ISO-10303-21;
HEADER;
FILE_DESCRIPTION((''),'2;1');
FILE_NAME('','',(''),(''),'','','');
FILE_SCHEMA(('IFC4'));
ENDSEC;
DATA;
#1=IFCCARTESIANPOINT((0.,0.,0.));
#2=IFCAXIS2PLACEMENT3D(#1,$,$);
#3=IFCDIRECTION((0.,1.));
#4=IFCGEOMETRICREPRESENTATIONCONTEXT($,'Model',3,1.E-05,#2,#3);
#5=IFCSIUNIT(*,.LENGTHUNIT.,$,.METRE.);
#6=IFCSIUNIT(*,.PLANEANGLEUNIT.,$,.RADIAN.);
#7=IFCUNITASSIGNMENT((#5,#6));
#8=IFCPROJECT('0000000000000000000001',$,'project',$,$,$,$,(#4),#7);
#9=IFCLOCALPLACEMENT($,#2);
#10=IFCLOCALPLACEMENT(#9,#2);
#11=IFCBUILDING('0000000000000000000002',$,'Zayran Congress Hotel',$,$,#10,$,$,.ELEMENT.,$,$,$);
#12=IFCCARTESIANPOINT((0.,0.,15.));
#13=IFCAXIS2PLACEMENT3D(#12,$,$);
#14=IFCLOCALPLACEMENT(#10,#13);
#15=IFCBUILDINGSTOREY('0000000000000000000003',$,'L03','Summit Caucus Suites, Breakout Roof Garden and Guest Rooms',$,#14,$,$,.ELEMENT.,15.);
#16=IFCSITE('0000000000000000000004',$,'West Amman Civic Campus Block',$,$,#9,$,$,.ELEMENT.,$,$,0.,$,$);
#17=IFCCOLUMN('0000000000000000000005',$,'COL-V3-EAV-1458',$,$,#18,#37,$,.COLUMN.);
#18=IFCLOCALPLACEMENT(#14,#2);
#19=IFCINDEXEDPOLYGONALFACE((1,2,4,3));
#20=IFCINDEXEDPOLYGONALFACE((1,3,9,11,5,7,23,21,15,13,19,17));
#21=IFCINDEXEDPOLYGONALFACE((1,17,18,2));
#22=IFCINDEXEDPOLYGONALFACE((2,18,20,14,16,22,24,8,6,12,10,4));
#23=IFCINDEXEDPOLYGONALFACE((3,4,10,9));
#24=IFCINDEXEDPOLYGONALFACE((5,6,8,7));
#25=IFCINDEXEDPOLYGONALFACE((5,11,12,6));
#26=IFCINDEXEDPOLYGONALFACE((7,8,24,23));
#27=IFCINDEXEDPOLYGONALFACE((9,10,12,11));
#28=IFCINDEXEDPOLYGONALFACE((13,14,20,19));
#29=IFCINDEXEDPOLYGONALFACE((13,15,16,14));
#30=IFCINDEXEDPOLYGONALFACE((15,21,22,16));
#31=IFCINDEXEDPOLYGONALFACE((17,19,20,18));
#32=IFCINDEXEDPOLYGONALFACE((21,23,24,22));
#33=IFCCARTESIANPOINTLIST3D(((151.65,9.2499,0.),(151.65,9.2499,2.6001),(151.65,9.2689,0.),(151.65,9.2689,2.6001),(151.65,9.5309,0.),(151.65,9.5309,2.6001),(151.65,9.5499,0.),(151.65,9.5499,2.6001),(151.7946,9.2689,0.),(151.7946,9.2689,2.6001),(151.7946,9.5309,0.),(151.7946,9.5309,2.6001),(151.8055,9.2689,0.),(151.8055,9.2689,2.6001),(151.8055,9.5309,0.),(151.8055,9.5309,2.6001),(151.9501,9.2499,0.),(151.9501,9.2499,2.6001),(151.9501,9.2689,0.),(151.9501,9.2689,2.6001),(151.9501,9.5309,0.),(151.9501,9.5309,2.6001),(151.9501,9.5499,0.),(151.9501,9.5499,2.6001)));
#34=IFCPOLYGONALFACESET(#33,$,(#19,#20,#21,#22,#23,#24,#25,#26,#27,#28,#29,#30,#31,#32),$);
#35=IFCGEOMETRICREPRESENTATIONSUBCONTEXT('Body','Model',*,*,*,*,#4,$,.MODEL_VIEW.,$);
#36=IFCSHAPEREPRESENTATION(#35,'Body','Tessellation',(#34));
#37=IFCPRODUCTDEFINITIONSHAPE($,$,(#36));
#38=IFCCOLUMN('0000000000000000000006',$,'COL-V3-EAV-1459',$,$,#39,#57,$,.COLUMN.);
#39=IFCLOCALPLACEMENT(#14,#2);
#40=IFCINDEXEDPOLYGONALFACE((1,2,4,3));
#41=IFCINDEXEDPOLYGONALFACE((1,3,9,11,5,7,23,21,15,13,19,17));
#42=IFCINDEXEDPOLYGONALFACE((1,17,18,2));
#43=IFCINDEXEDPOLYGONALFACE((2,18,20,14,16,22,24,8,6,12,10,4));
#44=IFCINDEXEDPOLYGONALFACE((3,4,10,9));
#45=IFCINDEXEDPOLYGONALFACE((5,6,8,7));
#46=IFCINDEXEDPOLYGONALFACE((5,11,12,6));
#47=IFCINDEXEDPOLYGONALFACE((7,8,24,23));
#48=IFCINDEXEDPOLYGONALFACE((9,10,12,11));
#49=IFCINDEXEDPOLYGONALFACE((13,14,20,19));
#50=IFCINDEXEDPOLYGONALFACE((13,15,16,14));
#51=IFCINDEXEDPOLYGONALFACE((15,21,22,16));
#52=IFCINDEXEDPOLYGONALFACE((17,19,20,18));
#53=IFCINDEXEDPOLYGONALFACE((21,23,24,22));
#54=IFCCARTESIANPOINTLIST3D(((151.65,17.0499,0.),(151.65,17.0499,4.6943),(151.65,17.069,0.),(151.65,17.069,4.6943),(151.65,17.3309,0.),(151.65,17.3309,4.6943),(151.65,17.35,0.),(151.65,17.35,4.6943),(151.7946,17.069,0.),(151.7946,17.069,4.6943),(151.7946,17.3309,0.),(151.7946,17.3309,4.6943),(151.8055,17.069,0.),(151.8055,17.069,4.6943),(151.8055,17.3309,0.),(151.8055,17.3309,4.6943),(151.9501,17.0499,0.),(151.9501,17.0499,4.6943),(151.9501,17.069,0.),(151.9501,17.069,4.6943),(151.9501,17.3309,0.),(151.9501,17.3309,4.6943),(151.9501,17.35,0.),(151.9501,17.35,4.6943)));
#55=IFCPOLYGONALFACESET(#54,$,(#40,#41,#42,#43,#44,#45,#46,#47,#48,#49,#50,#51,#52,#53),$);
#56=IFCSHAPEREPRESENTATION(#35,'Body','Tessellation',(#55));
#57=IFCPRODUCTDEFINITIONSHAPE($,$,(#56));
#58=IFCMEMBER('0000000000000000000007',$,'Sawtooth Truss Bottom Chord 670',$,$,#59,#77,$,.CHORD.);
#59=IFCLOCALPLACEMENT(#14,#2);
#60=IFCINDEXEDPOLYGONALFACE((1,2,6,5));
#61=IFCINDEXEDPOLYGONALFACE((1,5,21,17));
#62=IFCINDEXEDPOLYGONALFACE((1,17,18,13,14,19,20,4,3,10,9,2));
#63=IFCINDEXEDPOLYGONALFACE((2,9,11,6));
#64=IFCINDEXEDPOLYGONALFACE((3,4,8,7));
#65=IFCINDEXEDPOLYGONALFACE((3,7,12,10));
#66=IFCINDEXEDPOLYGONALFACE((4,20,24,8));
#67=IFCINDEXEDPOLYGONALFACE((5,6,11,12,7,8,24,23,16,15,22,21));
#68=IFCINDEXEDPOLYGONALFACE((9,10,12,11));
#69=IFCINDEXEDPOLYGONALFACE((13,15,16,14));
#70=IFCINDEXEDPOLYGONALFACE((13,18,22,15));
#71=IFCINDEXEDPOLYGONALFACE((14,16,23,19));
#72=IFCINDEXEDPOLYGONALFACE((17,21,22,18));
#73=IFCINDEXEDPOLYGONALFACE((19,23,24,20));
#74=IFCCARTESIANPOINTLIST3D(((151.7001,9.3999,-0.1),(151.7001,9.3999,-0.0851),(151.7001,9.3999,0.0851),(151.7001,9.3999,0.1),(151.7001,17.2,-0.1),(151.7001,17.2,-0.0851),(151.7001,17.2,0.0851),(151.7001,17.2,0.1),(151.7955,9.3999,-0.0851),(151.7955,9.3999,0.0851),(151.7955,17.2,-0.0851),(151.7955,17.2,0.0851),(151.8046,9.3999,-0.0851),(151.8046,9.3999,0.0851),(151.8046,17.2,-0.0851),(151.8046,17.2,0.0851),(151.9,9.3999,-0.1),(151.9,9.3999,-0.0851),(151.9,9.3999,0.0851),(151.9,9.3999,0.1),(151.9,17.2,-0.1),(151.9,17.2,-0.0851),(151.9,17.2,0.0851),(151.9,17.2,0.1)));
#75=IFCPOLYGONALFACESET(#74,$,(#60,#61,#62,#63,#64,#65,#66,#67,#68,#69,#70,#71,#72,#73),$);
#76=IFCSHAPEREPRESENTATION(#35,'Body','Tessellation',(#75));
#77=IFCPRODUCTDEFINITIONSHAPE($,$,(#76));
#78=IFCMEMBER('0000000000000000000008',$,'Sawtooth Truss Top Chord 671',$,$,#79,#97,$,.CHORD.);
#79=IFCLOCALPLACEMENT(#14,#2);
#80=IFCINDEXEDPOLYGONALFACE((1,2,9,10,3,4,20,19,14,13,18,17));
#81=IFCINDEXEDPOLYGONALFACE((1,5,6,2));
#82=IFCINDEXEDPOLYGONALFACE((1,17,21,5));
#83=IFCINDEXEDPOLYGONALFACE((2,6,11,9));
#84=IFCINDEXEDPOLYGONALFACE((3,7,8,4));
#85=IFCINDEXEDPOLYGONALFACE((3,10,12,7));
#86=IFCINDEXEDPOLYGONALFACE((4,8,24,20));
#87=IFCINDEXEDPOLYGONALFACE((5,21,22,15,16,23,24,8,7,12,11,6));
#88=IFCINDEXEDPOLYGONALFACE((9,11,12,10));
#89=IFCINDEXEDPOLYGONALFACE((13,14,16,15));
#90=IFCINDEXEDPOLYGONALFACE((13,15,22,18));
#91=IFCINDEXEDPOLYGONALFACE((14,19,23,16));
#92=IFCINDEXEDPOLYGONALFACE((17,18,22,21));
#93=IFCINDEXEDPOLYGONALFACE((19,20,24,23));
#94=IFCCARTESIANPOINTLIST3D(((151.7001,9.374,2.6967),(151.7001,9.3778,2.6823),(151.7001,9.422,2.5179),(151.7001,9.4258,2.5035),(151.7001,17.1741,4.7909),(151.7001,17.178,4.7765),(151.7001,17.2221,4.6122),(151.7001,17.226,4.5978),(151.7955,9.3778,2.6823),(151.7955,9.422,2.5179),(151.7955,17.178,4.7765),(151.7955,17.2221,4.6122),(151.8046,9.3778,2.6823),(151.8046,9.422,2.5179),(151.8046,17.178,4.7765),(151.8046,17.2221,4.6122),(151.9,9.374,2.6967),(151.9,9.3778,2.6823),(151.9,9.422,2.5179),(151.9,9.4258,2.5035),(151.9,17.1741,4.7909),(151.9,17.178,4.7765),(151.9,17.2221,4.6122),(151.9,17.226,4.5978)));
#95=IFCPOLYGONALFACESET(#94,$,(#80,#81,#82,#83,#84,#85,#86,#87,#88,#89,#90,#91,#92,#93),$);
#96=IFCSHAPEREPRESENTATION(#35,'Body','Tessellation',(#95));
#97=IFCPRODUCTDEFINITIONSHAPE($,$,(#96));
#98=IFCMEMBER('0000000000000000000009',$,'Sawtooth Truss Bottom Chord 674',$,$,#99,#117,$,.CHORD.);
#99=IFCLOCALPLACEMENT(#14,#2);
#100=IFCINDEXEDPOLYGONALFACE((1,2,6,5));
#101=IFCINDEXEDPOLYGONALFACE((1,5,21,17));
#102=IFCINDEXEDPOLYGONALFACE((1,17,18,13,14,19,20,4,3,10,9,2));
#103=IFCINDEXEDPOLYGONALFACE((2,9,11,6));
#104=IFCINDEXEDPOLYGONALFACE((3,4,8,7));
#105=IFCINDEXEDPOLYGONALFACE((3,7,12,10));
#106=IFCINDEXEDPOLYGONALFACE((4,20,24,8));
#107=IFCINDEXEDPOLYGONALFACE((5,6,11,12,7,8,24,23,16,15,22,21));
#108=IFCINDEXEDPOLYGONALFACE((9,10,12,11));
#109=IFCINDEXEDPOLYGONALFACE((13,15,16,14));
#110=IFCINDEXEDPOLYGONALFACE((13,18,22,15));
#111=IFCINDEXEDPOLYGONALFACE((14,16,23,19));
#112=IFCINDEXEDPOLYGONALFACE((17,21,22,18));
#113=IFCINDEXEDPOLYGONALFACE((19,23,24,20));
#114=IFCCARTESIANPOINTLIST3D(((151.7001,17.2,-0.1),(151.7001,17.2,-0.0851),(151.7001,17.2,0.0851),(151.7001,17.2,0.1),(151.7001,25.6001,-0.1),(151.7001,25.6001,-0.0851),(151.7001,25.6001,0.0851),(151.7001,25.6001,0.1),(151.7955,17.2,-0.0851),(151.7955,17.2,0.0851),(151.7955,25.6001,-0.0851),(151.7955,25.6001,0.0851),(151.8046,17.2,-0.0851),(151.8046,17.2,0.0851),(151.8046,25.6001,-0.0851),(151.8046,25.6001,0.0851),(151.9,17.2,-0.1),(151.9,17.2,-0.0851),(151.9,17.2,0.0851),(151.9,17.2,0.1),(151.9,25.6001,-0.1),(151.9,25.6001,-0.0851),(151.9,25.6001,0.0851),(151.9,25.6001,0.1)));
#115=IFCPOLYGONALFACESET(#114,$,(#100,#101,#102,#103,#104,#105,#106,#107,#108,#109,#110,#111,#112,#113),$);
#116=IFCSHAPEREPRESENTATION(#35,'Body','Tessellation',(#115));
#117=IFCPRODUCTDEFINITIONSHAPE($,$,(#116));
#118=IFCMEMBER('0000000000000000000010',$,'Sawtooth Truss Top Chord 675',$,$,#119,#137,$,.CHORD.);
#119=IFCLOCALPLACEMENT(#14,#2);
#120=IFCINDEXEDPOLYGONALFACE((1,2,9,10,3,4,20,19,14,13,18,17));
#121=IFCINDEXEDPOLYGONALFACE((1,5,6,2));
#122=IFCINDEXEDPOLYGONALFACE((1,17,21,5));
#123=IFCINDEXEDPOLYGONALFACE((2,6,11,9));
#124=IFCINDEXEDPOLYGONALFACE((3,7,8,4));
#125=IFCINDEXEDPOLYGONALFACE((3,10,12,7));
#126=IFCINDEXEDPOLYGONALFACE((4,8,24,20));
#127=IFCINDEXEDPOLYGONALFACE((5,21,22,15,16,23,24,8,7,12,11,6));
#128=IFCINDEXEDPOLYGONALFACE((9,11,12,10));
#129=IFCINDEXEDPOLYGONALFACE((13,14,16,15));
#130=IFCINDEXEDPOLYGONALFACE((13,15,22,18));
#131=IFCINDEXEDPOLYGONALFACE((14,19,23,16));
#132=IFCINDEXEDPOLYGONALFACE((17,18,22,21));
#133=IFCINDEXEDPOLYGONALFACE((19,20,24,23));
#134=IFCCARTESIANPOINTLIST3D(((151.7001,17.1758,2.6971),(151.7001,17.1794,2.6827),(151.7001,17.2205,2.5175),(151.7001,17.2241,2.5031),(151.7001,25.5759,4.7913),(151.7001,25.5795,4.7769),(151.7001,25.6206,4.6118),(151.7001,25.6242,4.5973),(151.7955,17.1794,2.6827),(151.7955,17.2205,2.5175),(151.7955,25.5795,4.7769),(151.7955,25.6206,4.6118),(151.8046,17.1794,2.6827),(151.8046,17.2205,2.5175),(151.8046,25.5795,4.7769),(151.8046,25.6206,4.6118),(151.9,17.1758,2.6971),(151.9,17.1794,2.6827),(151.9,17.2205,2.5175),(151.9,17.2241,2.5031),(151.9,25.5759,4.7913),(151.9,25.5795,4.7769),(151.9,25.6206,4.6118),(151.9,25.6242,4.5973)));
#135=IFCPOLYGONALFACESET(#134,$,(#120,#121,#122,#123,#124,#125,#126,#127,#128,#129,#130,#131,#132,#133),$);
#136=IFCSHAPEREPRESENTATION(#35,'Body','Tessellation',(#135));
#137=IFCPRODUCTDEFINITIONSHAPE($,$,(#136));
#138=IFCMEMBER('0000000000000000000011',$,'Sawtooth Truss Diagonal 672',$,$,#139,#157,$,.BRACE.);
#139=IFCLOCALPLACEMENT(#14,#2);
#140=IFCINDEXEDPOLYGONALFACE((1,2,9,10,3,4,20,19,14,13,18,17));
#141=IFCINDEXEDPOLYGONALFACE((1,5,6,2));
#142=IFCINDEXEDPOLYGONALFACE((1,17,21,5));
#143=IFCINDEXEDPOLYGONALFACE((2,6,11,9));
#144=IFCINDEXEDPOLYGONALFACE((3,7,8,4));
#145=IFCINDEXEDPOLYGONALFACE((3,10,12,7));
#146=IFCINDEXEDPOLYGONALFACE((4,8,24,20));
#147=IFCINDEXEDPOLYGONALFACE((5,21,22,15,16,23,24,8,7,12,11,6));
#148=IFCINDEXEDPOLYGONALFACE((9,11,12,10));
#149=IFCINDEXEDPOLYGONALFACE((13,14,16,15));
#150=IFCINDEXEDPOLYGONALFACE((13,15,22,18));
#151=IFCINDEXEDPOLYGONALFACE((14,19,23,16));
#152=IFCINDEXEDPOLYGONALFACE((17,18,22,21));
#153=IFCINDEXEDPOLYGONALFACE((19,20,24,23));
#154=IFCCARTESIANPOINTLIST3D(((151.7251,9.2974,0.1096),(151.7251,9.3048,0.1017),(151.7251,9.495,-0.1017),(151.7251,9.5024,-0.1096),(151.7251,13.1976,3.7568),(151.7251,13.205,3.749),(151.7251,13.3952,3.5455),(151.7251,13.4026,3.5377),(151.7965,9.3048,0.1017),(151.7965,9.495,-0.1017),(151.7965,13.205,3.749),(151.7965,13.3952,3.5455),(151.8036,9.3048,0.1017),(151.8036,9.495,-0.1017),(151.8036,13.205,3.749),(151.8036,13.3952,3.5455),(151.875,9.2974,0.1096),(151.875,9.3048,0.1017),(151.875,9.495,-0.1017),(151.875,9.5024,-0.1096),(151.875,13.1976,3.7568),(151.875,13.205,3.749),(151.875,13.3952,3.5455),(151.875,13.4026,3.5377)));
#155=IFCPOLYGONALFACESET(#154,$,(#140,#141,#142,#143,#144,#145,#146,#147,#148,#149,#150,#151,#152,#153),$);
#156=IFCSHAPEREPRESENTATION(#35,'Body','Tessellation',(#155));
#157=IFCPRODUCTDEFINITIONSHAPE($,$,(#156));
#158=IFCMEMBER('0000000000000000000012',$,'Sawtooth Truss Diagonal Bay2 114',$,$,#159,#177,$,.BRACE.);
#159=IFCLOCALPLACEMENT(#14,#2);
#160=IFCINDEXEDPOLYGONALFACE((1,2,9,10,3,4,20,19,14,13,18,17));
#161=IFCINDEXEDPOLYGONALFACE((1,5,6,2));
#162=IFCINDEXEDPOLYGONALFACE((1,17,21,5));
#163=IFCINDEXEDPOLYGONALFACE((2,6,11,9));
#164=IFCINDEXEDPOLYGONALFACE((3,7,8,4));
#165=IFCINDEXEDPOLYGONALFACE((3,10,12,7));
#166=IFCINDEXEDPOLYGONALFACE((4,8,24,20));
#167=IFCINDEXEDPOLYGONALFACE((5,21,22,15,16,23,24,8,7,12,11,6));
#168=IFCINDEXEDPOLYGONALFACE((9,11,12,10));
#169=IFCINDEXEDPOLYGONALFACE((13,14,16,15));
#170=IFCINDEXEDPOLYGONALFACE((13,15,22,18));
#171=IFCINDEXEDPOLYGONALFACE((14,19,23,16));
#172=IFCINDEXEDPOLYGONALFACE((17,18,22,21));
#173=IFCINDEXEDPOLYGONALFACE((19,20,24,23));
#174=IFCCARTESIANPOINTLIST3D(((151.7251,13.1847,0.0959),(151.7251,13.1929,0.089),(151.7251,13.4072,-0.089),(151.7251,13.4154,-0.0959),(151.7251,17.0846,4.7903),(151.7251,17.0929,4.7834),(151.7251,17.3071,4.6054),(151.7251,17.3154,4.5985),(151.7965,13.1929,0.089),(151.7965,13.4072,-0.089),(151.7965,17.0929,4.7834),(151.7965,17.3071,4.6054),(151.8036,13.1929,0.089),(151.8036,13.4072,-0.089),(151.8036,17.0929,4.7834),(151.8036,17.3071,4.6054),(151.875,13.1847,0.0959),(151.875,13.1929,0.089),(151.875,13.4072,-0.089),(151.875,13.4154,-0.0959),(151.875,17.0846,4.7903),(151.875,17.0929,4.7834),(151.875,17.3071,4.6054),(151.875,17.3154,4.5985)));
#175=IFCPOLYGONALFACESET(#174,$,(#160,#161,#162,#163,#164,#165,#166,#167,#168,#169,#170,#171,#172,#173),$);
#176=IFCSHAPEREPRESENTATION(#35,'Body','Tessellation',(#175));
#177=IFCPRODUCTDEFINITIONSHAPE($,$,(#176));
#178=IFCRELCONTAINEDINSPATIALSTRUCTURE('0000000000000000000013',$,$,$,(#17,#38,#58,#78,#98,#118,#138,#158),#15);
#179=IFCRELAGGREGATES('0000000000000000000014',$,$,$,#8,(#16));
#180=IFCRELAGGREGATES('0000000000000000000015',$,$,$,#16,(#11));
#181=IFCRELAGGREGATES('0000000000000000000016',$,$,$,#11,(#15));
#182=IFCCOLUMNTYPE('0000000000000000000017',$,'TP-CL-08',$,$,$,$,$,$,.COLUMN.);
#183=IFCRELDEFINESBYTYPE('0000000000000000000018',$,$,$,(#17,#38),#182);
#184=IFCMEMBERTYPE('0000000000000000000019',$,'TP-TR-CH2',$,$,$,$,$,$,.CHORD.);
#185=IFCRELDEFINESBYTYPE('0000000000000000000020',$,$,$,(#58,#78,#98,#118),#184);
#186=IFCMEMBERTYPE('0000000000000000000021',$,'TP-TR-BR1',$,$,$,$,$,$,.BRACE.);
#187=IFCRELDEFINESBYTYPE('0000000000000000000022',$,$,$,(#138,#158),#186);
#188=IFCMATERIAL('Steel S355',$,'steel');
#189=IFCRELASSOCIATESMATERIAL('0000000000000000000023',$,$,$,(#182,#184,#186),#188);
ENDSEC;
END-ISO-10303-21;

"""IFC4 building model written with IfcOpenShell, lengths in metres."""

from ifc_helpers import new_model, si_unit, direction, frame, origin, origin_2d, place, context, subcontext, project, spatial, i_section, extrude, material, material_profile, profile_set, type_object, element, save


model = new_model("IFC4")

# Units and contexts
model_context = context("Model", 3, precision=1e-05, world=origin(), true_north=direction((0.0, 1.0)))
body_context = subcontext(model_context, "Body", "Model", "MODEL_VIEW")
ifc_project = project(units=[si_unit("LENGTHUNIT", "METRE"), si_unit("PLANEANGLEUNIT", "RADIAN")], contexts=[model_context])

# Site, building, storey
site_placement = place(None, origin())
site = spatial("IfcSite", under=ifc_project, at=site_placement, Name="West Amman Civic Campus Block", CompositionType="ELEMENT", RefElevation=0.0)
building_placement = place(site_placement, origin())
building = spatial("IfcBuilding", under=site, at=building_placement, Name="Zayran Congress Hotel", CompositionType="ELEMENT")
storey_placement = place(building_placement, frame((0.0, 0.0, 15.0)))
storey = spatial("IfcBuildingStorey", under=building, at=storey_placement, Name="L03", Description="Summit Caucus Suites, Breakout Roof Garden and Guest Rooms", CompositionType="ELEMENT", Elevation=15.0)

# Columns
ifc_material_1 = material(Name="Steel S355", Category="steel")
ifc_material_profile_1 = material_profile(ifc_material_1, i_section(OverallWidth=0.3, OverallDepth=0.3, WebThickness=0.011, FlangeThickness=0.019, at=origin_2d()), Name="HEB 300")
ifc_profile_set_1 = profile_set([ifc_material_profile_1], Name="Steel S355")
column_type = type_object("IfcColumnType", Name="TP-CL-08", PredefinedType="COLUMN", material=ifc_profile_set_1)
column_1_placement = place(storey_placement, frame((151.8, 9.3999, 0.0), z_axis=(0.0, 0.0, 1.0), x_axis=(1.0, 0.0, 0.0)))
element("IfcColumn", 1, at=column_1_placement, inside=storey, type_object=column_type, Name="COL-V3-EAV-1458", PredefinedType="COLUMN", context=body_context, shape_type="SweptSolid", body=[
    extrude(i_section(OverallWidth=0.3, OverallDepth=0.3, WebThickness=0.011, FlangeThickness=0.019, at=origin_2d()), origin(), (0.0, 0.0, 1.0), 2.6001),
])
column_2_placement = place(storey_placement, frame((151.8, 17.2, 0.0), z_axis=(0.0, 0.0, 1.0), x_axis=(1.0, 0.0, 0.0)))
element("IfcColumn", 2, at=column_2_placement, inside=storey, type_object=column_type, Name="COL-V3-EAV-1459", PredefinedType="COLUMN", context=body_context, shape_type="SweptSolid", body=[
    extrude(i_section(OverallWidth=0.3, OverallDepth=0.3, WebThickness=0.011, FlangeThickness=0.019, at=origin_2d()), origin(), (0.0, 0.0, 1.0), 4.6943),
])

# Members
ifc_material_profile_2 = material_profile(ifc_material_1, i_section(OverallWidth=0.2, OverallDepth=0.2, WebThickness=0.009, FlangeThickness=0.0149, at=origin_2d()), Name="HEB 200")
ifc_profile_set_2 = profile_set([ifc_material_profile_2], Name="Steel S355")
member_type_1 = type_object("IfcMemberType", Name="TP-TR-CH2", PredefinedType="CHORD", material=ifc_profile_set_2)
member_1_placement = place(storey_placement, frame((151.8, 9.3999, 0.0), z_axis=(0.0, 1.0, 0.0), x_axis=(-1.0, 0.0, 0.0)))
element("IfcMember", 3, at=member_1_placement, inside=storey, type_object=member_type_1, Name="Sawtooth Truss Bottom Chord 670", PredefinedType="CHORD", context=body_context, shape_type="SweptSolid", body=[
    extrude(i_section(OverallWidth=0.2, OverallDepth=0.2, WebThickness=0.009, FlangeThickness=0.0149, at=origin_2d()), origin(), (0.0, 0.0, 1.0), 7.8),
])
member_2_placement = place(storey_placement, frame((151.8, 9.3999, 2.6001), z_axis=(0.0, 0.965795, 0.259307), x_axis=(-1.0, 0.0, 0.0)))
element("IfcMember", 4, at=member_2_placement, inside=storey, type_object=member_type_1, Name="Sawtooth Truss Top Chord 671", PredefinedType="CHORD", context=body_context, shape_type="SweptSolid", body=[
    extrude(i_section(OverallWidth=0.2, OverallDepth=0.2, WebThickness=0.009, FlangeThickness=0.0149, at=origin_2d()), origin(), (0.0, 0.0, 1.0), 8.0764),
])
member_3_placement = place(storey_placement, frame((151.8, 17.2, 0.0), z_axis=(0.0, 1.0, 0.0), x_axis=(-1.0, 0.0, 0.0)))
element("IfcMember", 5, at=member_3_placement, inside=storey, type_object=member_type_1, Name="Sawtooth Truss Bottom Chord 674", PredefinedType="CHORD", context=body_context, shape_type="SweptSolid", body=[
    extrude(i_section(OverallWidth=0.2, OverallDepth=0.2, WebThickness=0.009, FlangeThickness=0.0149, at=origin_2d()), origin(), (0.0, 0.0, 1.0), 8.4001),
])
member_4_placement = place(storey_placement, frame((151.8, 17.2, 2.6001), z_axis=(0.0, 0.9703, 0.241905), x_axis=(-1.0, 0.0, 0.0)))
element("IfcMember", 6, at=member_4_placement, inside=storey, type_object=member_type_1, Name="Sawtooth Truss Top Chord 675", PredefinedType="CHORD", context=body_context, shape_type="SweptSolid", body=[
    extrude(i_section(OverallWidth=0.2, OverallDepth=0.2, WebThickness=0.009, FlangeThickness=0.0149, at=origin_2d()), origin(), (0.0, 0.0, 1.0), 8.6572),
])
ifc_material_profile_3 = material_profile(ifc_material_1, i_section(OverallWidth=0.1499, OverallDepth=0.3, WebThickness=0.0071, FlangeThickness=0.0107, at=origin_2d()), Name="IPE 300")
ifc_profile_set_3 = profile_set([ifc_material_profile_3], Name="Steel S355")
member_type_2 = type_object("IfcMemberType", Name="TP-TR-BR1", PredefinedType="BRACE", material=ifc_profile_set_3)
member_5_placement = place(storey_placement, frame((151.8, 9.3999, 0.0), z_axis=(0.0, 0.730394, 0.683027), x_axis=(-1.0, 0.0, 0.0)))
element("IfcMember", 7, at=member_5_placement, inside=storey, type_object=member_type_2, Name="Sawtooth Truss Diagonal 672", PredefinedType="BRACE", context=body_context, shape_type="SweptSolid", body=[
    extrude(i_section(OverallWidth=0.1499, OverallDepth=0.3, WebThickness=0.0071, FlangeThickness=0.0107, at=origin_2d()), origin(), (0.0, 0.0, 1.0), 5.3398),
])
member_6_placement = place(storey_placement, frame((151.8, 13.3, 0.0), z_axis=(0.0, 0.639019, 0.769191), x_axis=(-1.0, 0.0, 0.0)))
element("IfcMember", 8, at=member_6_placement, inside=storey, type_object=member_type_2, Name="Sawtooth Truss Diagonal Bay2 114", PredefinedType="BRACE", context=body_context, shape_type="SweptSolid", body=[
    extrude(i_section(OverallWidth=0.1499, OverallDepth=0.3, WebThickness=0.0071, FlangeThickness=0.0107, at=origin_2d()), origin(), (0.0, 0.0, 1.0), 6.103),
])

save(model, "model.ifc")
